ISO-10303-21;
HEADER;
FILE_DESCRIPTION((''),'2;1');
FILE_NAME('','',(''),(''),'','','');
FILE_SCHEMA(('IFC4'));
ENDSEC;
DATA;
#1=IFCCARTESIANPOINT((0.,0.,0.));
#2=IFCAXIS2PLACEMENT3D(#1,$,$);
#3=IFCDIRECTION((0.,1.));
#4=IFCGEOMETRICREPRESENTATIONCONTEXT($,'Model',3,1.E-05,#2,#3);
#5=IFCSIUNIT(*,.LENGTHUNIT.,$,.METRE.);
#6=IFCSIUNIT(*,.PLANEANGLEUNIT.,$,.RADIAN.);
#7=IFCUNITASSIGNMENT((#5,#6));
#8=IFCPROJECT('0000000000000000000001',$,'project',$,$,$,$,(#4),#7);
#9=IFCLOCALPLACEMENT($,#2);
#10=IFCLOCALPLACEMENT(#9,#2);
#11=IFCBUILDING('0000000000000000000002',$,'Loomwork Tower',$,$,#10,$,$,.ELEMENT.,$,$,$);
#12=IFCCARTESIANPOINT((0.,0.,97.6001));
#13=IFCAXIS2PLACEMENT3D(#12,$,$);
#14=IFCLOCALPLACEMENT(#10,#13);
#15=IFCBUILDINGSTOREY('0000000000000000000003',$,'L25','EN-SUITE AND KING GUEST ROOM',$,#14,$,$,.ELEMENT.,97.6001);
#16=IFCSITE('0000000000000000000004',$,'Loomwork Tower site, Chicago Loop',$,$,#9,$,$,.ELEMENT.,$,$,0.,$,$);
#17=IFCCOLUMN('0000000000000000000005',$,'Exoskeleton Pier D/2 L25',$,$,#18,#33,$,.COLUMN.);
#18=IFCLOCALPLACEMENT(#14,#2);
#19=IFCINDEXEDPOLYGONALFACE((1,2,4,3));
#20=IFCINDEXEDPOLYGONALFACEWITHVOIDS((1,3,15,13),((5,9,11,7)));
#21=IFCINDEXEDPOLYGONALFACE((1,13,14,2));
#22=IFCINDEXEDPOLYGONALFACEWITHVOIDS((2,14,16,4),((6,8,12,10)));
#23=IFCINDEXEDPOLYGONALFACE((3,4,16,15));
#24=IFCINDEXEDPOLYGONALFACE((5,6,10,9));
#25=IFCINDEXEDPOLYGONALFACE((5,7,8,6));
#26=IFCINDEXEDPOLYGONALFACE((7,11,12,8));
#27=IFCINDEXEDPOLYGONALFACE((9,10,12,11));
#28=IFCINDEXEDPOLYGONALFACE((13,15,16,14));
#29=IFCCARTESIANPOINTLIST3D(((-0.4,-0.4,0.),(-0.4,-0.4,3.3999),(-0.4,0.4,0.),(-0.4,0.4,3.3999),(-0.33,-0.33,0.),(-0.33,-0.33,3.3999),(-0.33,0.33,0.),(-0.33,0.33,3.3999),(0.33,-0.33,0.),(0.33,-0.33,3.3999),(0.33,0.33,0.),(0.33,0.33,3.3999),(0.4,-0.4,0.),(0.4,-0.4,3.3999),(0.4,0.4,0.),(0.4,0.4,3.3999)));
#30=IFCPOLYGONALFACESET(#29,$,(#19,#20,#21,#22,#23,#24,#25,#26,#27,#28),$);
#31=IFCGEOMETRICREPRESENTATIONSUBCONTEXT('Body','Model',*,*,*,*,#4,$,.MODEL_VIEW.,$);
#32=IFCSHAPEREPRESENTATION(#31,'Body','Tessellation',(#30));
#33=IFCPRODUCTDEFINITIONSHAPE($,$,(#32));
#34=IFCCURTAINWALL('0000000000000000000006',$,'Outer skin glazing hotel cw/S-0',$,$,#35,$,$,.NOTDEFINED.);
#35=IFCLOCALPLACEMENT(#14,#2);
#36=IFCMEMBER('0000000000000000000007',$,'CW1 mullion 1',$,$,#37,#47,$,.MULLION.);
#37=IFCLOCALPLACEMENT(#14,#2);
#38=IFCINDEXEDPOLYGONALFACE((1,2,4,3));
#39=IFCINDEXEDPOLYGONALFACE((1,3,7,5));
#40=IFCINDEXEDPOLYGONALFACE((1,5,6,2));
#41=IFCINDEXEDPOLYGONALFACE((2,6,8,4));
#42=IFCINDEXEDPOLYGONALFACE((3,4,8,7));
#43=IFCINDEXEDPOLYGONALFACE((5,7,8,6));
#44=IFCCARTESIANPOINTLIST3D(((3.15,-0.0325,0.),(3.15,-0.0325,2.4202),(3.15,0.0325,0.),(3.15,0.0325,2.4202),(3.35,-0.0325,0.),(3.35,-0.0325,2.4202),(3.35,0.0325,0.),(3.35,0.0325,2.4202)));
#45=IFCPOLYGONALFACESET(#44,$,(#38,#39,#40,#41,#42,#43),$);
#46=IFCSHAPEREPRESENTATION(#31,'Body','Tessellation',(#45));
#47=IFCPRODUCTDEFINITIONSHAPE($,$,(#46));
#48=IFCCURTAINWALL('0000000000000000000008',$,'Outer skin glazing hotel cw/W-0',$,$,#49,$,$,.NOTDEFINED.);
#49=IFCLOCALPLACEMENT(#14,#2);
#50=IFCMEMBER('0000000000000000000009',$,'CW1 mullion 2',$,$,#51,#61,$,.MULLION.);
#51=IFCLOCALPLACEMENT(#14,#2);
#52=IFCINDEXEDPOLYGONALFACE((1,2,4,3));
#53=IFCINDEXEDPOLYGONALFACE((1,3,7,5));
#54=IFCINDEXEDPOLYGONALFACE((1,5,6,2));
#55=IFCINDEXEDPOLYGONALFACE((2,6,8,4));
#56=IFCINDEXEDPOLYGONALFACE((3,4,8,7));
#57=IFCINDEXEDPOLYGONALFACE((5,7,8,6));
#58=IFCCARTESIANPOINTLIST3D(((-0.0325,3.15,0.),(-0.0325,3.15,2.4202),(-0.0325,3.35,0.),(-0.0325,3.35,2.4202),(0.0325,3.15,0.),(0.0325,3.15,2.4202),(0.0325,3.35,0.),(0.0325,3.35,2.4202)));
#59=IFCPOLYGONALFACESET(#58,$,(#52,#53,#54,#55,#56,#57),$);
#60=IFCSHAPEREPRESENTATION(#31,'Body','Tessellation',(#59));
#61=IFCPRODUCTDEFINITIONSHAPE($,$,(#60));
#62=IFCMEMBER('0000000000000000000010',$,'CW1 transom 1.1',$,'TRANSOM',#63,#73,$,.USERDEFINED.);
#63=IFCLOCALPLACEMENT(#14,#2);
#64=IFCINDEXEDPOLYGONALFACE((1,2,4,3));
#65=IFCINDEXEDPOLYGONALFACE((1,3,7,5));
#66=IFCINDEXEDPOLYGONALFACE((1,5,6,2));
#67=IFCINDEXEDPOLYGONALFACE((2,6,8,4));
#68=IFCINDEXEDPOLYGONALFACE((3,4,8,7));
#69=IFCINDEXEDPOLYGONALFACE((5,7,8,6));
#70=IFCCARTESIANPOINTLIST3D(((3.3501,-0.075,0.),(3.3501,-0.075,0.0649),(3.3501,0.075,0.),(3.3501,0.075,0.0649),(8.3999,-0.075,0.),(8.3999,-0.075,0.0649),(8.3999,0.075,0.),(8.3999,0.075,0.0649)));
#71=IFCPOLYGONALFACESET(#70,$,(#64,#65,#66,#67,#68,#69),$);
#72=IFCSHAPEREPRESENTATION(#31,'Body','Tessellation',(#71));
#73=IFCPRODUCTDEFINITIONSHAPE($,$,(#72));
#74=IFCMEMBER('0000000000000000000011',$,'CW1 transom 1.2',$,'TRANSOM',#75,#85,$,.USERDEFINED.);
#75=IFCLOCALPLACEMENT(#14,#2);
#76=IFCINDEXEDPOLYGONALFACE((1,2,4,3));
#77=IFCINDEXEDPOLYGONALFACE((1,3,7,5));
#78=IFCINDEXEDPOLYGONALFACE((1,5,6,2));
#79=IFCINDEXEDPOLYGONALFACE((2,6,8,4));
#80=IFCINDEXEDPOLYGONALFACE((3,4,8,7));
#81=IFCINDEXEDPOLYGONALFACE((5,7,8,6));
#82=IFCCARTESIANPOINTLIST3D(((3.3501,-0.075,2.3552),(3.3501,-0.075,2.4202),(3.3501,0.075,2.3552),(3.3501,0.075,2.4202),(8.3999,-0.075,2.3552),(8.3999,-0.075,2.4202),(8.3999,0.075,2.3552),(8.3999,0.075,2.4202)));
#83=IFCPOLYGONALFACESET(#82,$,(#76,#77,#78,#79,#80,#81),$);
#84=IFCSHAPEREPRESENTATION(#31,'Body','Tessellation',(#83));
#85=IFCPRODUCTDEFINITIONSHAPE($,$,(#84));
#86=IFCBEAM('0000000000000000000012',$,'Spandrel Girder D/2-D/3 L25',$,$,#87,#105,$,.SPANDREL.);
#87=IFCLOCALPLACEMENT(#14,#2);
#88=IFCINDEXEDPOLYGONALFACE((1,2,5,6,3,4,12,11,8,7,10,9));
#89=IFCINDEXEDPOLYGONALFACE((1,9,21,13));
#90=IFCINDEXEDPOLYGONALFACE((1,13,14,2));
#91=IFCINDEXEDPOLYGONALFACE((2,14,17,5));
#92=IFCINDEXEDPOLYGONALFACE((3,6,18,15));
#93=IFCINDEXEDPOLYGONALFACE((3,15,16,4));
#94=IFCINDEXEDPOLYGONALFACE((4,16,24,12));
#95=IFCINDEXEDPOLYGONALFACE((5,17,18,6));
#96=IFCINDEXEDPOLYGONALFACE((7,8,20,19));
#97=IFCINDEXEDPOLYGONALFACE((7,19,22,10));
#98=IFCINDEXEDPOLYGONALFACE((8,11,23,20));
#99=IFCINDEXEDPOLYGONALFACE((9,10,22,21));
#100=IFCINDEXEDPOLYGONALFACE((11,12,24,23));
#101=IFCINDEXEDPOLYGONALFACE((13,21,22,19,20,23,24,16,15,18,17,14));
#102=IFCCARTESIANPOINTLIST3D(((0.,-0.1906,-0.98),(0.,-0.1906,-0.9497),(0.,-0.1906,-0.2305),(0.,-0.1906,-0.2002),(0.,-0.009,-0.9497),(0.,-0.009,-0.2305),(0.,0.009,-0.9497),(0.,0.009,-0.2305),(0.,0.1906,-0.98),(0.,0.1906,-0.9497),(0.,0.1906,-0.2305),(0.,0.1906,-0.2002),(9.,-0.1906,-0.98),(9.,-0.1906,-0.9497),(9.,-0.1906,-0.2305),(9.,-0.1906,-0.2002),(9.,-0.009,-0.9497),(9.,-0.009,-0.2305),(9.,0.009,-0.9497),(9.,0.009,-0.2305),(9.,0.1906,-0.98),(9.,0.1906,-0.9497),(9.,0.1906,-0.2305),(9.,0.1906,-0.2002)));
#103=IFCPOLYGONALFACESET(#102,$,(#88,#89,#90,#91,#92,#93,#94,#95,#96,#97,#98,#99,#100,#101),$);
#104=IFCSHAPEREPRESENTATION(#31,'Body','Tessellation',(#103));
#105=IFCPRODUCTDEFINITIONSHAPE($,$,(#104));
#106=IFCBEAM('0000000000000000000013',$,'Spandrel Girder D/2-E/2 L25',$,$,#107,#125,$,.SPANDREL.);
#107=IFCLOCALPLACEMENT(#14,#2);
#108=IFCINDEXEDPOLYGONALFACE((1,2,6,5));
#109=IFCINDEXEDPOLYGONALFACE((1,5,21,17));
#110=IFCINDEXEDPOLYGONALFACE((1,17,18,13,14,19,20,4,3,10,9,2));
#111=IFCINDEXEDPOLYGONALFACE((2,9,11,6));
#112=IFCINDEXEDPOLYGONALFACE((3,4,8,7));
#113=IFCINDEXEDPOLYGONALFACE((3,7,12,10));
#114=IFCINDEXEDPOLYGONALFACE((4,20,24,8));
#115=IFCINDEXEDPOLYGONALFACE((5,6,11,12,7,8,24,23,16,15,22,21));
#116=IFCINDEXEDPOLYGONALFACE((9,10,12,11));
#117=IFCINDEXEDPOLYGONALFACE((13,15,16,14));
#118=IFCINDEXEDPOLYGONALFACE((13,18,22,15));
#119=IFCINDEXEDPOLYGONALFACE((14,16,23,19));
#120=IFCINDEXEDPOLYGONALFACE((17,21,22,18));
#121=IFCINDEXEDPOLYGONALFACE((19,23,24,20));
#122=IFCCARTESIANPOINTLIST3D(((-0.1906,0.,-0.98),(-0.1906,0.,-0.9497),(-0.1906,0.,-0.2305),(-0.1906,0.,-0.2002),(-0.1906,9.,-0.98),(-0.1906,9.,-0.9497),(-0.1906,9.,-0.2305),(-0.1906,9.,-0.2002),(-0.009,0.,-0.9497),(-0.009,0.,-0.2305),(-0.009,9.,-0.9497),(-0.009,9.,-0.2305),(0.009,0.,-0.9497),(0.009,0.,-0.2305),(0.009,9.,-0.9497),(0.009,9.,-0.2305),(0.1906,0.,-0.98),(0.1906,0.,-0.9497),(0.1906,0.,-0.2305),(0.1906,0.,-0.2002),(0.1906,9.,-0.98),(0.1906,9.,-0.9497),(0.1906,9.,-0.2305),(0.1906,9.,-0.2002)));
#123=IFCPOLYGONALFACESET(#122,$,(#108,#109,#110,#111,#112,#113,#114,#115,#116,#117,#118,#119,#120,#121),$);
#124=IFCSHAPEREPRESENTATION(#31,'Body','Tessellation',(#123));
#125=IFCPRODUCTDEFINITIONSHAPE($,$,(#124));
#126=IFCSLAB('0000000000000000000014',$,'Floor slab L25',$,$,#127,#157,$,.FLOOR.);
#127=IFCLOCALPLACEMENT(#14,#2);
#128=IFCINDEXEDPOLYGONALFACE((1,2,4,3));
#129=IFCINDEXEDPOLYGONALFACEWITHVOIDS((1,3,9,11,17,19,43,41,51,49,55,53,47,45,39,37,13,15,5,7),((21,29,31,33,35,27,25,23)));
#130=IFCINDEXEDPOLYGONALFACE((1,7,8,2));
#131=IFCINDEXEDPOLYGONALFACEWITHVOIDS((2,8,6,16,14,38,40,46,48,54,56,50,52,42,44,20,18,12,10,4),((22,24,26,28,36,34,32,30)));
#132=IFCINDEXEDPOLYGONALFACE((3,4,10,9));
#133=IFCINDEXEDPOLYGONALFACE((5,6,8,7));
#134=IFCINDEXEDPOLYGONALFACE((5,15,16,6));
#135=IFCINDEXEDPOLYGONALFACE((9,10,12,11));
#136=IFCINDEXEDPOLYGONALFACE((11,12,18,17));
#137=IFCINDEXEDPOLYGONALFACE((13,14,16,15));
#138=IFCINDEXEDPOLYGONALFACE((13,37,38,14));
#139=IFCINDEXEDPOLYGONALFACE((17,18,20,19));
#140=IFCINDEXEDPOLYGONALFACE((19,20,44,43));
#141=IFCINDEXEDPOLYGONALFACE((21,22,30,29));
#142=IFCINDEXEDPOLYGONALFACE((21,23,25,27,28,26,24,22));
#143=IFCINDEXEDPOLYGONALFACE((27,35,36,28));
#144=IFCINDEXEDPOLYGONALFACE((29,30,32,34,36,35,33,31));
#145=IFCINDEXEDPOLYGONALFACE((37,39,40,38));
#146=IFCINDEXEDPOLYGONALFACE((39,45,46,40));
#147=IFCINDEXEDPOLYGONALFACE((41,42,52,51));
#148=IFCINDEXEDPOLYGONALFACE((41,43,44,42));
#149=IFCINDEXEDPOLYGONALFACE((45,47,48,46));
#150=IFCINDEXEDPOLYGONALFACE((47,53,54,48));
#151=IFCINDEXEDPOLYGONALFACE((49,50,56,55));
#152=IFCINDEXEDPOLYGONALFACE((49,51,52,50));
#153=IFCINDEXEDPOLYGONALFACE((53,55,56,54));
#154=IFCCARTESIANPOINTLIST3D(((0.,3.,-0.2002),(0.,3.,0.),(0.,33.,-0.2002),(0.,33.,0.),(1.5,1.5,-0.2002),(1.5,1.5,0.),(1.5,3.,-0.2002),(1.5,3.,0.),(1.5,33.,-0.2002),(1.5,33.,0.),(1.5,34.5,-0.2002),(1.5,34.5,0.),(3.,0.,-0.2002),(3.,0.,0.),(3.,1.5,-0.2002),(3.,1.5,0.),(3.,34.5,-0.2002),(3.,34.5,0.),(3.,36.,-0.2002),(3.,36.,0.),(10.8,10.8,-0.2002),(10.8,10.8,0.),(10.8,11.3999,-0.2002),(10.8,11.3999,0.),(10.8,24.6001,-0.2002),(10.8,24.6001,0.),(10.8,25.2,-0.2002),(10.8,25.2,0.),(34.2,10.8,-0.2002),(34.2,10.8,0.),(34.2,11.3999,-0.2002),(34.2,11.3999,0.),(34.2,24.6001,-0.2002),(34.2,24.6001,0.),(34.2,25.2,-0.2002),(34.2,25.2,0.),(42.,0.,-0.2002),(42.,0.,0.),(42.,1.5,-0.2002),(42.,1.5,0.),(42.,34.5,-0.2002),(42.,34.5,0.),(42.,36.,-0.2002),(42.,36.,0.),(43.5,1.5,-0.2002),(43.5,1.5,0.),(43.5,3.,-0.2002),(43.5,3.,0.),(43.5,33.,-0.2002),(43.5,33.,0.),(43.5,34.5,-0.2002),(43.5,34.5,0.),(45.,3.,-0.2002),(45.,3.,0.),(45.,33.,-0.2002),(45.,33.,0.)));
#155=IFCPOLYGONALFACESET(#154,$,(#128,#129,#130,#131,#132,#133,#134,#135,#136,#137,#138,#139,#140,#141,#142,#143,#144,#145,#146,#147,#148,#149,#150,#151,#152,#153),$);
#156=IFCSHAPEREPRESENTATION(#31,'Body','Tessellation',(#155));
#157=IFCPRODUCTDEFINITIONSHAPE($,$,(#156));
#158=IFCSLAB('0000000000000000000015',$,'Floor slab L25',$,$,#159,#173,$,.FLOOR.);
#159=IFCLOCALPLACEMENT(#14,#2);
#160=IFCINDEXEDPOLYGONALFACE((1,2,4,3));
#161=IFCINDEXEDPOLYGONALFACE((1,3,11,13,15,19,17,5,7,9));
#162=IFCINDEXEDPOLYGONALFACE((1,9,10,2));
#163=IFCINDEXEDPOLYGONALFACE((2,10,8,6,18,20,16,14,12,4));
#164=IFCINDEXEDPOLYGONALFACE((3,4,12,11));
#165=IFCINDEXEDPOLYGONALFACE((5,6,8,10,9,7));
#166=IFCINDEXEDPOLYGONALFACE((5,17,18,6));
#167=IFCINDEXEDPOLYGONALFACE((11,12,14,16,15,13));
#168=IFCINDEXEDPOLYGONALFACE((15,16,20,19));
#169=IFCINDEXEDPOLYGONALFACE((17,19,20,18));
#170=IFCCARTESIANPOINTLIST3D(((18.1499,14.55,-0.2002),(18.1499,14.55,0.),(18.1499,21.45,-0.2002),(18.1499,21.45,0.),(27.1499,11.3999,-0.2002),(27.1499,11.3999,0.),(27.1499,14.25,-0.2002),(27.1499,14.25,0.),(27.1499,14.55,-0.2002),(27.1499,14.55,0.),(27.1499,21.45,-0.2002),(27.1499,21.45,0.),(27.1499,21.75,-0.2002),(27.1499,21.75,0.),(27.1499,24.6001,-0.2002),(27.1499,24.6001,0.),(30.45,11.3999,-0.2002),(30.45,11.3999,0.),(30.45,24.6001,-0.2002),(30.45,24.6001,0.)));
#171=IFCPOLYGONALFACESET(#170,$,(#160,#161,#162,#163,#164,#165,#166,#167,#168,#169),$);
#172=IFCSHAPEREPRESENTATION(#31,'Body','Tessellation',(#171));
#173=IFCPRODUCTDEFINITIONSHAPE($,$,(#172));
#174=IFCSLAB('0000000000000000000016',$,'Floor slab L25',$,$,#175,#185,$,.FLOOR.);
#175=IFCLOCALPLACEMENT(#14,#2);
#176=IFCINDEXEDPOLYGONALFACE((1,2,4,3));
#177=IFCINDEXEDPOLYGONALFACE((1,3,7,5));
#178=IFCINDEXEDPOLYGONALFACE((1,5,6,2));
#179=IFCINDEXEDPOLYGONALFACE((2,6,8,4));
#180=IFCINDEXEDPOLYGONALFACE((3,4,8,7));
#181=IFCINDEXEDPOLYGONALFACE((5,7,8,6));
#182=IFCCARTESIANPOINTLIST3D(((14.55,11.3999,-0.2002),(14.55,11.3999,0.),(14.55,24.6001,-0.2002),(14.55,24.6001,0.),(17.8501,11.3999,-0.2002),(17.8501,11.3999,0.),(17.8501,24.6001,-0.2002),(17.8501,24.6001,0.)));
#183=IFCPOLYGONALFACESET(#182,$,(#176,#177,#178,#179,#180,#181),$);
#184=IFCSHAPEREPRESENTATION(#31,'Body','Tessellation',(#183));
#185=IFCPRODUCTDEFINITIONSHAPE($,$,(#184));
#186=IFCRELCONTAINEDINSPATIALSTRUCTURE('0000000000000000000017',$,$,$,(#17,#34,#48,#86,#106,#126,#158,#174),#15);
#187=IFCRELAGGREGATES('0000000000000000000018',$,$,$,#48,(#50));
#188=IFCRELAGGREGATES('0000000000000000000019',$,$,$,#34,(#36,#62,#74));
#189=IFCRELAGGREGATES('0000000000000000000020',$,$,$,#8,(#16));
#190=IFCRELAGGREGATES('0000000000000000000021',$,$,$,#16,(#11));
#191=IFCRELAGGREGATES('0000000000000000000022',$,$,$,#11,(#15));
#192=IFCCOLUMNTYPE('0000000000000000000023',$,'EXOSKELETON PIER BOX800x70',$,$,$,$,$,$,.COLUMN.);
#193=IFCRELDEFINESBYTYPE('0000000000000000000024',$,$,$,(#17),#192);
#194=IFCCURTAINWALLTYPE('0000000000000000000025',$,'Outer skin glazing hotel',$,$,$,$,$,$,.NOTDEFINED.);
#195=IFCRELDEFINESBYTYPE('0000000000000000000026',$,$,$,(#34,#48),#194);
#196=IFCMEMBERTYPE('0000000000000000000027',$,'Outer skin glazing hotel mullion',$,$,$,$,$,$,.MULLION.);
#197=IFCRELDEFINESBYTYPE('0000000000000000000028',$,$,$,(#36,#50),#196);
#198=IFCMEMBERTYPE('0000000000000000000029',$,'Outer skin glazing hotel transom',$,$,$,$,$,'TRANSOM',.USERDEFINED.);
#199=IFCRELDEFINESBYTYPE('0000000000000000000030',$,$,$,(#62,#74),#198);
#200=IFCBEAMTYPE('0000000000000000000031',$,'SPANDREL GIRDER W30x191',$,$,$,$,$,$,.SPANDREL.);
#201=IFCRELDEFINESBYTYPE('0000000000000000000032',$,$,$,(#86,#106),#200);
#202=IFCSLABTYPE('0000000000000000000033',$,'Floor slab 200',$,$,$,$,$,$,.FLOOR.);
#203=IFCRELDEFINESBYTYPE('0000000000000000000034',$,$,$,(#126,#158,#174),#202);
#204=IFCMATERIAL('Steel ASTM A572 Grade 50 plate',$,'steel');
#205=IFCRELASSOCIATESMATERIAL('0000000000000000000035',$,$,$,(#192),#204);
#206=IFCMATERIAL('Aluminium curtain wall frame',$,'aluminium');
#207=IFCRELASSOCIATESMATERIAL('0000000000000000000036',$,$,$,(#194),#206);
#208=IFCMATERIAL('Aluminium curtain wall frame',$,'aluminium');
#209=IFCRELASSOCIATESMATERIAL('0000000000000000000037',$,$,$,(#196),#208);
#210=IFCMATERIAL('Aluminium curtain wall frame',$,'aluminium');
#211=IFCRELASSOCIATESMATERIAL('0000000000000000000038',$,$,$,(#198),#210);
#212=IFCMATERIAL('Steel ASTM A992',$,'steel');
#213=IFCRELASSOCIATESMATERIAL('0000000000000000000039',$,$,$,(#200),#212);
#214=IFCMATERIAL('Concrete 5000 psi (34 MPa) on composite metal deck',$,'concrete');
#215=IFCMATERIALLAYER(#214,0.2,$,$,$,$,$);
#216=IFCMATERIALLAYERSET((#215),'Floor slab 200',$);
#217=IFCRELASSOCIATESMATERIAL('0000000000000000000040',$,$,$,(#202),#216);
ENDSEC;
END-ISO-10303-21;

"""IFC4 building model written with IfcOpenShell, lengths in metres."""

from ifc_helpers import new_model, si_unit, direction, frame, origin, origin_with_axes, origin_2d, place, context, subcontext, project, spatial, polyline, rectangle, hollow_rectangle, i_section, outline, extrude, material, layer, layer_set, material_profile, profile_set, type_object, element, aggregate, save


model = new_model("IFC4")

# Units and contexts
model_context = context("Model", 3, precision=1e-05, world=origin(), true_north=direction((0.0, 1.0)))
body_context = subcontext(model_context, "Body", "Model", "MODEL_VIEW")
ifc_project = project(units=[si_unit("LENGTHUNIT", "METRE"), si_unit("PLANEANGLEUNIT", "RADIAN")], contexts=[model_context])

# Site, building, storey
site_placement = place(None, origin())
site = spatial("IfcSite", under=ifc_project, at=site_placement, Name="Loomwork Tower site, Chicago Loop", CompositionType="ELEMENT", RefElevation=0.0)
building_placement = place(site_placement, origin())
building = spatial("IfcBuilding", under=site, at=building_placement, Name="Loomwork Tower", CompositionType="ELEMENT")
storey_placement = place(building_placement, frame((0.0, 0.0, 97.6001)))
storey = spatial("IfcBuildingStorey", under=building, at=storey_placement, Name="L25", Description="EN-SUITE AND KING GUEST ROOM", CompositionType="ELEMENT", Elevation=97.6001)

# Column
ifc_material_1 = material(Name="Steel ASTM A572 Grade 50 plate", Category="steel")
ifc_material_profile_1 = material_profile(ifc_material_1, hollow_rectangle(XDim=0.8, YDim=0.8, WallThickness=0.0701, at=origin_2d()), Name="BOX800x70")
ifc_profile_set_1 = profile_set([ifc_material_profile_1], Name="Steel ASTM A572 Grade 50 plate")
column_type = type_object("IfcColumnType", Name="EXOSKELETON PIER BOX800x70", PredefinedType="COLUMN", material=ifc_profile_set_1)
column_placement = place(storey_placement, origin_with_axes())
element("IfcColumn", 1, at=column_placement, inside=storey, type_object=column_type, Name="Exoskeleton Pier D/2 L25", PredefinedType="COLUMN", context=body_context, shape_type="SweptSolid", body=[
    extrude(hollow_rectangle(XDim=0.8, YDim=0.8, WallThickness=0.0701, at=origin_2d()), origin(), (0.0, 0.0, 1.0), 3.3999),
])

# Curtain walls, members
ifc_material_2 = material(Name="Aluminium curtain wall frame", Category="aluminium")
curtain_wall_type = type_object("IfcCurtainWallType", Name="Outer skin glazing hotel", PredefinedType="NOTDEFINED", material=ifc_material_2)
curtain_wall_1_placement = place(storey_placement, origin())
curtain_wall_1 = element("IfcCurtainWall", 2, at=curtain_wall_1_placement, inside=storey, type_object=curtain_wall_type, Name="Outer skin glazing hotel cw/S-0", PredefinedType="NOTDEFINED")
ifc_material_3 = material(Name="Aluminium curtain wall frame", Category="aluminium")
ifc_material_profile_2 = material_profile(ifc_material_3, rectangle(XDim=0.0649, YDim=0.2, at=origin_2d()), Name="AL 65x200")
ifc_profile_set_2 = profile_set([ifc_material_profile_2], Name="Aluminium curtain wall frame")
member_type_1 = type_object("IfcMemberType", Name="Outer skin glazing hotel mullion", PredefinedType="MULLION", material=ifc_profile_set_2)
member_1_placement = place(storey_placement, frame((3.25, 0.0, 0.0), z_axis=(0.0, 0.0, 1.0), x_axis=(0.0, 1.0, 0.0)))
member_1 = element("IfcMember", 3, at=member_1_placement, type_object=member_type_1, Name="CW1 mullion 1", PredefinedType="MULLION", context=body_context, shape_type="SweptSolid", body=[
    extrude(rectangle(XDim=0.0649, YDim=0.2, at=origin_2d()), origin(), (0.0, 0.0, 1.0), 2.4202),
])
curtain_wall_2_placement = place(storey_placement, origin())
curtain_wall_2 = element("IfcCurtainWall", 4, at=curtain_wall_2_placement, inside=storey, type_object=curtain_wall_type, Name="Outer skin glazing hotel cw/W-0", PredefinedType="NOTDEFINED")
member_2_placement = place(storey_placement, frame((0.0, 3.25, 0.0), z_axis=(0.0, 0.0, 1.0), x_axis=(1.0, 0.0, 0.0)))
member_2 = element("IfcMember", 5, at=member_2_placement, type_object=member_type_1, Name="CW1 mullion 2", PredefinedType="MULLION", context=body_context, shape_type="SweptSolid", body=[
    extrude(rectangle(XDim=0.0649, YDim=0.2, at=origin_2d()), origin(), (0.0, 0.0, 1.0), 2.4202),
])
aggregate(curtain_wall_2, [member_2])

# Members
ifc_material_4 = material(Name="Aluminium curtain wall frame", Category="aluminium")
ifc_material_profile_3 = material_profile(ifc_material_4, rectangle(XDim=0.1499, YDim=0.0649, at=origin_2d()), Name="AL 65x150")
ifc_profile_set_3 = profile_set([ifc_material_profile_3], Name="Aluminium curtain wall frame")
member_type_2 = type_object("IfcMemberType", Name="Outer skin glazing hotel transom", ElementType="TRANSOM", PredefinedType="USERDEFINED", material=ifc_profile_set_3)
member_3_placement = place(storey_placement, frame((3.3501, 0.0, 0.0325), z_axis=(1.0, 0.0, 0.0), x_axis=(0.0, 1.0, 0.0)))
member_3 = element("IfcMember", 6, at=member_3_placement, type_object=member_type_2, Name="CW1 transom 1.1", ObjectType="TRANSOM", PredefinedType="USERDEFINED", context=body_context, shape_type="SweptSolid", body=[
    extrude(rectangle(XDim=0.1499, YDim=0.0649, at=origin_2d()), origin(), (0.0, 0.0, 1.0), 5.0498),
])
member_4_placement = place(storey_placement, frame((3.3501, 0.0, 2.3877), z_axis=(1.0, 0.0, 0.0), x_axis=(0.0, 1.0, 0.0)))
member_4 = element("IfcMember", 7, at=member_4_placement, type_object=member_type_2, Name="CW1 transom 1.2", ObjectType="TRANSOM", PredefinedType="USERDEFINED", context=body_context, shape_type="SweptSolid", body=[
    extrude(rectangle(XDim=0.1499, YDim=0.0649, at=origin_2d()), origin(), (0.0, 0.0, 1.0), 5.0498),
])

# Beams
ifc_material_5 = material(Name="Steel ASTM A992", Category="steel")
ifc_material_profile_4 = material_profile(ifc_material_5, i_section(OverallWidth=0.3811, OverallDepth=0.7798, WebThickness=0.0181, FlangeThickness=0.0303, at=origin_2d()), Name="W30x191")
ifc_profile_set_4 = profile_set([ifc_material_profile_4], Name="Steel ASTM A992")
beam_type = type_object("IfcBeamType", Name="SPANDREL GIRDER W30x191", PredefinedType="SPANDREL", material=ifc_profile_set_4)
for number, where, z_axis, x_axis, name in (
    (8, (0.0, 0.0, -0.5901), (1.0, 0.0, 0.0), (0.0, 1.0, 0.0), "Spandrel Girder D/2-D/3 L25"),
    (9, (0.0, 0.0, -0.5901), (0.0, 1.0, 0.0), (-1.0, 0.0, 0.0), "Spandrel Girder D/2-E/2 L25"),
):
    element("IfcBeam", number, at=place(storey_placement, frame(where, z_axis=z_axis, x_axis=x_axis)), inside=storey, type_object=beam_type, Name=name, PredefinedType="SPANDREL", context=body_context, shape_type="SweptSolid", body=[
        extrude(i_section(OverallWidth=0.3811, OverallDepth=0.7798, WebThickness=0.0181, FlangeThickness=0.0303, at=origin_2d()), origin(), (0.0, 0.0, 1.0), 9.0),
    ])

# Slabs
ifc_material_6 = material(Name="Concrete 5000 psi (34 MPa) on composite metal deck", Category="concrete")
ifc_layer_1 = layer(ifc_material_6, 0.2)
ifc_layer_set_1 = layer_set([ifc_layer_1], Name="Floor slab 200")
slab_type_1 = type_object("IfcSlabType", Name="Floor slab 200", PredefinedType="FLOOR", material=ifc_layer_set_1)
slab_1_placement = place(storey_placement, frame((0.0, 0.0, -0.2002)))
element("IfcSlab", 10, at=slab_1_placement, inside=storey, type_object=slab_type_1, Name="Floor slab L25", PredefinedType="FLOOR", context=body_context, shape_type="SweptSolid", body=[
    extrude(outline(polyline([(3.0, 1.5), (1.5, 1.5), (1.5, 3.0), (0.0, 3.0), (0.0, 33.0), (1.5, 33.0), (1.5, 34.5), (3.0, 34.5), (3.0, 36.0), (42.0, 36.0), (42.0, 34.5), (43.5, 34.5), (43.5, 33.0), (45.0, 33.0), (45.0, 3.0), (43.5, 3.0), (43.5, 1.5), (42.0, 1.5), (42.0, 0.0), (3.0, 0.0), (3.0, 1.5)]), holes=[polyline([(10.8, 11.3999), (10.8, 11.3999), (10.8, 10.8), (34.2, 10.8), (34.2, 11.3999), (34.2, 11.3999), (34.2, 24.6001), (34.2, 25.2), (10.8, 25.2), (10.8, 24.6001), (10.8, 11.3999)])]), origin(), (0.0, 0.0, 1.0), 0.2002),
])
slab_2_placement = place(storey_placement, frame((0.0, 0.0, -0.2002)))
element("IfcSlab", 11, at=slab_2_placement, inside=storey, type_object=slab_type_1, Name="Floor slab L25", PredefinedType="FLOOR", context=body_context, shape_type="SweptSolid", body=[
    extrude(outline(polyline([(30.45, 24.6001), (30.45, 11.3999), (27.1499, 11.3999), (27.1499, 14.25), (27.1499, 14.55), (18.1499, 14.55), (18.1499, 21.45), (27.1499, 21.45), (27.1499, 21.75), (27.1499, 24.6001), (30.45, 24.6001)])), origin(), (0.0, 0.0, 1.0), 0.2002),
])
slab_3_placement = place(storey_placement, frame((0.0, 0.0, -0.2002)))
element("IfcSlab", 12, at=slab_3_placement, inside=storey, type_object=slab_type_1, Name="Floor slab L25", PredefinedType="FLOOR", context=body_context, shape_type="SweptSolid", body=[
    extrude(outline(polyline([(14.55, 11.3999), (14.55, 24.6001), (17.8501, 24.6001), (17.8501, 11.3999), (14.55, 11.3999)])), origin(), (0.0, 0.0, 1.0), 0.2002),
])

aggregate(curtain_wall_1, [member_1, member_3, member_4])

save(model, "model.ifc")
